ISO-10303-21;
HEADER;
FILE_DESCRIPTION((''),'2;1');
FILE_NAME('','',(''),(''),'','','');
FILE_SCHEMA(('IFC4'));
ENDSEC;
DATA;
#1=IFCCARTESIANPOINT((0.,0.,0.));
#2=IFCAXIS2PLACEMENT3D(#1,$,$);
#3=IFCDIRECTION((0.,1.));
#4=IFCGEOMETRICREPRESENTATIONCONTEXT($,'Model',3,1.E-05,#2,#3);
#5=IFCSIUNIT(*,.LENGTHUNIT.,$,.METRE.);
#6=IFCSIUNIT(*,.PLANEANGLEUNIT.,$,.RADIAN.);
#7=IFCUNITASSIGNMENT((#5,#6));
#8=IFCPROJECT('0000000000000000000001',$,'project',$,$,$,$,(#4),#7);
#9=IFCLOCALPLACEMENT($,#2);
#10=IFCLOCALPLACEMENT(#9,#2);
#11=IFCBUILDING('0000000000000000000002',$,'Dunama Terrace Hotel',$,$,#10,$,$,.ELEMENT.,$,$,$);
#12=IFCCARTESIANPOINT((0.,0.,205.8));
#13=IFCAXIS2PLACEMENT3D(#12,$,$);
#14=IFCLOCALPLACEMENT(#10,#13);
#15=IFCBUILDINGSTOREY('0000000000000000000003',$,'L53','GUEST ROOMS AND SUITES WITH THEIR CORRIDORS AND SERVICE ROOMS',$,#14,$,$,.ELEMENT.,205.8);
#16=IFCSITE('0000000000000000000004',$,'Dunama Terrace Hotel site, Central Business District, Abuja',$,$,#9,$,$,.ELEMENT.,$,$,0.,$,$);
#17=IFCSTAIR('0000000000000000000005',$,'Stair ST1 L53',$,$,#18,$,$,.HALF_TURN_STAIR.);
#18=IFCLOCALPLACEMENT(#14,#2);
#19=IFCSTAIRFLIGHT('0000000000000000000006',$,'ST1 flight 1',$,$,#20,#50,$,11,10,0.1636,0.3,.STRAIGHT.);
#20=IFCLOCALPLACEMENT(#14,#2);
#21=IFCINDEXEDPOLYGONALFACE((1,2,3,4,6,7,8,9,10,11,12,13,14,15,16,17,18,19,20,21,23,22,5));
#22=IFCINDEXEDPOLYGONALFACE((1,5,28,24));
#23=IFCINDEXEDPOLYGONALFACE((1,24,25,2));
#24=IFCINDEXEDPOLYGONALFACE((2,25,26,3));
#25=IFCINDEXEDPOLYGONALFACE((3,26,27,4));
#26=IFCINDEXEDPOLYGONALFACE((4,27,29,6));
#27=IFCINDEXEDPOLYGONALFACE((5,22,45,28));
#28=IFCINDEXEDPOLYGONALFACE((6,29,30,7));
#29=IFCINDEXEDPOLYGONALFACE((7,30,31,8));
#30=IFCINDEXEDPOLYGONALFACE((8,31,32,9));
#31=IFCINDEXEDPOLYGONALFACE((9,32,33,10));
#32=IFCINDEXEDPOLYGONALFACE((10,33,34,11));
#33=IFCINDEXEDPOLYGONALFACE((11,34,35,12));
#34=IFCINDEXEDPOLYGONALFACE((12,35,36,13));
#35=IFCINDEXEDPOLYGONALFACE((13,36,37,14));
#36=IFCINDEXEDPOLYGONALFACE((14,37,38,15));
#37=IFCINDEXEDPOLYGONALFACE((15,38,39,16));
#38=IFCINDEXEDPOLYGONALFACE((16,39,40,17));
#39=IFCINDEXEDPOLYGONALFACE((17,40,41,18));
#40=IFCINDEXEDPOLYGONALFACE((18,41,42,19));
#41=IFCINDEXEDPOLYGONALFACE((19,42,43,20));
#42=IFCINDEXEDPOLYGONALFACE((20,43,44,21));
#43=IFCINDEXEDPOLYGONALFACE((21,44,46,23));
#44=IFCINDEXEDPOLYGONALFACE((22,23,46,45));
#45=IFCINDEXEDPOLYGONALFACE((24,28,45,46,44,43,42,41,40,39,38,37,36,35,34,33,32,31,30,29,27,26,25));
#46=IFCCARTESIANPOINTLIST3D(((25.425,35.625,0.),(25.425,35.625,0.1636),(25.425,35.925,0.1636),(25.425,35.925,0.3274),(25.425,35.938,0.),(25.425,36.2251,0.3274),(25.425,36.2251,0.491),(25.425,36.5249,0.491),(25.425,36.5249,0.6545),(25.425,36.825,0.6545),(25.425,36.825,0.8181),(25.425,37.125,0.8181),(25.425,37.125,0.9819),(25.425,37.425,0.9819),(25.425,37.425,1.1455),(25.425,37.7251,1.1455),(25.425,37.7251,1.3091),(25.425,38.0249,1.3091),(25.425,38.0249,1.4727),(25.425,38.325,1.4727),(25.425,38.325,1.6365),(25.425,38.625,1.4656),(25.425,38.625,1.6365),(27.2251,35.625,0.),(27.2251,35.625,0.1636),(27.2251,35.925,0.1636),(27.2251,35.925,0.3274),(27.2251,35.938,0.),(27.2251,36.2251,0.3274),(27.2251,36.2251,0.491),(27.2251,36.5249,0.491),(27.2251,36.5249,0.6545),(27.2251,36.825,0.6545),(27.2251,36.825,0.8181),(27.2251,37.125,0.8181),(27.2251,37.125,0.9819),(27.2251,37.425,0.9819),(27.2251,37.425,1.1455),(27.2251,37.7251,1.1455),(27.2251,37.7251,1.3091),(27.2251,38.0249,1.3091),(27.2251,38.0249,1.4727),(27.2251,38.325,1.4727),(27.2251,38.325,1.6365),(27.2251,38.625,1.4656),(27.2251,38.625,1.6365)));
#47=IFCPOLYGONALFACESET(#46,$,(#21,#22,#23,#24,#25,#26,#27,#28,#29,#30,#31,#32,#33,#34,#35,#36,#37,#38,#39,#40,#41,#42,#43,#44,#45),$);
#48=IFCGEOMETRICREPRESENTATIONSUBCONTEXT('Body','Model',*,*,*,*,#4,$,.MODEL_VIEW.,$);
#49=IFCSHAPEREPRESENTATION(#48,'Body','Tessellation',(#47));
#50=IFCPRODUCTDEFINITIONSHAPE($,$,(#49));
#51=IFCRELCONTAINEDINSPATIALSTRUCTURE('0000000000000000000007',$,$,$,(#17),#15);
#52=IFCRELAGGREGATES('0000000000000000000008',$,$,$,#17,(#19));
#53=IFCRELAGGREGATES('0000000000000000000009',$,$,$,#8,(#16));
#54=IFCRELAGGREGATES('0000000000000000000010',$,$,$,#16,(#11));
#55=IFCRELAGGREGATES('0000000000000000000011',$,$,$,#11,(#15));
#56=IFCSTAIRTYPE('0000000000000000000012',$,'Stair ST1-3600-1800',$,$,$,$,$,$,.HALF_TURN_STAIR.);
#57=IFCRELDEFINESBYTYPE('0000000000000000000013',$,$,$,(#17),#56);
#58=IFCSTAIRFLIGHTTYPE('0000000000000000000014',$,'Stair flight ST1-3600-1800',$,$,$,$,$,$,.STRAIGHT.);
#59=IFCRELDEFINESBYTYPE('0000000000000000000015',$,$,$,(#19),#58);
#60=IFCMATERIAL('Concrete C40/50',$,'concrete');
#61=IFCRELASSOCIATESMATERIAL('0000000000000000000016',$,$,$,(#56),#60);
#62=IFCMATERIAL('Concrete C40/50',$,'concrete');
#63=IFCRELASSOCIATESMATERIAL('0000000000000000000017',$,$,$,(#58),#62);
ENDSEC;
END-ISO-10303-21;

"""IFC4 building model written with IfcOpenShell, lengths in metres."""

from ifc_helpers import new_model, si_unit, direction, frame, origin, place, context, subcontext, project, spatial, polyline, outline, extrude, material, type_object, element, aggregate, save


model = new_model("IFC4")

# Units and contexts
model_context = context("Model", 3, precision=1e-05, world=origin(), true_north=direction((0.0, 1.0)))
body_context = subcontext(model_context, "Body", "Model", "MODEL_VIEW")
ifc_project = project(units=[si_unit("LENGTHUNIT", "METRE"), si_unit("PLANEANGLEUNIT", "RADIAN")], contexts=[model_context])

# Site, building, storey
site_placement = place(None, origin())
site = spatial("IfcSite", under=ifc_project, at=site_placement, Name="Dunama Terrace Hotel site, Central Business District, Abuja", CompositionType="ELEMENT", RefElevation=0.0)
building_placement = place(site_placement, origin())
building = spatial("IfcBuilding", under=site, at=building_placement, Name="Dunama Terrace Hotel", CompositionType="ELEMENT")
storey_placement = place(building_placement, frame((0.0, 0.0, 205.8)))
storey = spatial("IfcBuildingStorey", under=building, at=storey_placement, Name="L53", Description="GUEST ROOMS AND SUITES WITH THEIR CORRIDORS AND SERVICE ROOMS", CompositionType="ELEMENT", Elevation=205.8)

# Stair, stair flight
ifc_material_1 = material(Name="Concrete C40/50", Category="concrete")
stair_type = type_object("IfcStairType", Name="Stair ST1-3600-1800", PredefinedType="HALF_TURN_STAIR", material=ifc_material_1)
stair_placement = place(storey_placement, origin())
stair = element("IfcStair", 1, at=stair_placement, inside=storey, type_object=stair_type, Name="Stair ST1 L53", PredefinedType="HALF_TURN_STAIR")
ifc_material_2 = material(Name="Concrete C40/50", Category="concrete")
stair_flight_type = type_object("IfcStairFlightType", Name="Stair flight ST1-3600-1800", PredefinedType="STRAIGHT", material=ifc_material_2)
stair_flight_placement = place(storey_placement, frame((26.325, 35.625, 0.0), z_axis=(0.0, 0.0, 1.0), x_axis=(0.0, 1.0, 0.0)))
stair_flight = element("IfcStairFlight", 2, at=stair_flight_placement, type_object=stair_flight_type, Name="ST1 flight 1", NumberOfRisers=11, NumberOfTreads=10, PredefinedType="STRAIGHT", RiserHeight=0.1636, TreadLength=0.3, context=body_context, shape_type="SweptSolid", body=[
    extrude(outline(polyline([(0.0, 0.0), (0.0, 0.1636), (0.3, 0.1636), (0.3, 0.3274), (0.6001, 0.3274), (0.6001, 0.491), (0.8999, 0.491), (0.8999, 0.6545), (1.2, 0.6545), (1.2, 0.8181), (1.5, 0.8181), (1.5, 0.9819), (1.8, 0.9819), (1.8, 1.1455), (2.1001, 1.1455), (2.1001, 1.3091), (2.3999, 1.3091), (2.3999, 1.4727), (2.7, 1.4727), (2.7, 1.6365), (3.0, 1.6365), (3.0, 1.8), (3.0, 1.4656), (0.313, 0.0), (0.0, 0.0)])), frame((0.0, 0.8999, 0.0), z_axis=(0.0, -1.0, 0.0), x_axis=(1.0, 0.0, 0.0)), (0.0, 0.0, 1.0), 1.8),
])
aggregate(stair, [stair_flight])

save(model, "model.ifc")
